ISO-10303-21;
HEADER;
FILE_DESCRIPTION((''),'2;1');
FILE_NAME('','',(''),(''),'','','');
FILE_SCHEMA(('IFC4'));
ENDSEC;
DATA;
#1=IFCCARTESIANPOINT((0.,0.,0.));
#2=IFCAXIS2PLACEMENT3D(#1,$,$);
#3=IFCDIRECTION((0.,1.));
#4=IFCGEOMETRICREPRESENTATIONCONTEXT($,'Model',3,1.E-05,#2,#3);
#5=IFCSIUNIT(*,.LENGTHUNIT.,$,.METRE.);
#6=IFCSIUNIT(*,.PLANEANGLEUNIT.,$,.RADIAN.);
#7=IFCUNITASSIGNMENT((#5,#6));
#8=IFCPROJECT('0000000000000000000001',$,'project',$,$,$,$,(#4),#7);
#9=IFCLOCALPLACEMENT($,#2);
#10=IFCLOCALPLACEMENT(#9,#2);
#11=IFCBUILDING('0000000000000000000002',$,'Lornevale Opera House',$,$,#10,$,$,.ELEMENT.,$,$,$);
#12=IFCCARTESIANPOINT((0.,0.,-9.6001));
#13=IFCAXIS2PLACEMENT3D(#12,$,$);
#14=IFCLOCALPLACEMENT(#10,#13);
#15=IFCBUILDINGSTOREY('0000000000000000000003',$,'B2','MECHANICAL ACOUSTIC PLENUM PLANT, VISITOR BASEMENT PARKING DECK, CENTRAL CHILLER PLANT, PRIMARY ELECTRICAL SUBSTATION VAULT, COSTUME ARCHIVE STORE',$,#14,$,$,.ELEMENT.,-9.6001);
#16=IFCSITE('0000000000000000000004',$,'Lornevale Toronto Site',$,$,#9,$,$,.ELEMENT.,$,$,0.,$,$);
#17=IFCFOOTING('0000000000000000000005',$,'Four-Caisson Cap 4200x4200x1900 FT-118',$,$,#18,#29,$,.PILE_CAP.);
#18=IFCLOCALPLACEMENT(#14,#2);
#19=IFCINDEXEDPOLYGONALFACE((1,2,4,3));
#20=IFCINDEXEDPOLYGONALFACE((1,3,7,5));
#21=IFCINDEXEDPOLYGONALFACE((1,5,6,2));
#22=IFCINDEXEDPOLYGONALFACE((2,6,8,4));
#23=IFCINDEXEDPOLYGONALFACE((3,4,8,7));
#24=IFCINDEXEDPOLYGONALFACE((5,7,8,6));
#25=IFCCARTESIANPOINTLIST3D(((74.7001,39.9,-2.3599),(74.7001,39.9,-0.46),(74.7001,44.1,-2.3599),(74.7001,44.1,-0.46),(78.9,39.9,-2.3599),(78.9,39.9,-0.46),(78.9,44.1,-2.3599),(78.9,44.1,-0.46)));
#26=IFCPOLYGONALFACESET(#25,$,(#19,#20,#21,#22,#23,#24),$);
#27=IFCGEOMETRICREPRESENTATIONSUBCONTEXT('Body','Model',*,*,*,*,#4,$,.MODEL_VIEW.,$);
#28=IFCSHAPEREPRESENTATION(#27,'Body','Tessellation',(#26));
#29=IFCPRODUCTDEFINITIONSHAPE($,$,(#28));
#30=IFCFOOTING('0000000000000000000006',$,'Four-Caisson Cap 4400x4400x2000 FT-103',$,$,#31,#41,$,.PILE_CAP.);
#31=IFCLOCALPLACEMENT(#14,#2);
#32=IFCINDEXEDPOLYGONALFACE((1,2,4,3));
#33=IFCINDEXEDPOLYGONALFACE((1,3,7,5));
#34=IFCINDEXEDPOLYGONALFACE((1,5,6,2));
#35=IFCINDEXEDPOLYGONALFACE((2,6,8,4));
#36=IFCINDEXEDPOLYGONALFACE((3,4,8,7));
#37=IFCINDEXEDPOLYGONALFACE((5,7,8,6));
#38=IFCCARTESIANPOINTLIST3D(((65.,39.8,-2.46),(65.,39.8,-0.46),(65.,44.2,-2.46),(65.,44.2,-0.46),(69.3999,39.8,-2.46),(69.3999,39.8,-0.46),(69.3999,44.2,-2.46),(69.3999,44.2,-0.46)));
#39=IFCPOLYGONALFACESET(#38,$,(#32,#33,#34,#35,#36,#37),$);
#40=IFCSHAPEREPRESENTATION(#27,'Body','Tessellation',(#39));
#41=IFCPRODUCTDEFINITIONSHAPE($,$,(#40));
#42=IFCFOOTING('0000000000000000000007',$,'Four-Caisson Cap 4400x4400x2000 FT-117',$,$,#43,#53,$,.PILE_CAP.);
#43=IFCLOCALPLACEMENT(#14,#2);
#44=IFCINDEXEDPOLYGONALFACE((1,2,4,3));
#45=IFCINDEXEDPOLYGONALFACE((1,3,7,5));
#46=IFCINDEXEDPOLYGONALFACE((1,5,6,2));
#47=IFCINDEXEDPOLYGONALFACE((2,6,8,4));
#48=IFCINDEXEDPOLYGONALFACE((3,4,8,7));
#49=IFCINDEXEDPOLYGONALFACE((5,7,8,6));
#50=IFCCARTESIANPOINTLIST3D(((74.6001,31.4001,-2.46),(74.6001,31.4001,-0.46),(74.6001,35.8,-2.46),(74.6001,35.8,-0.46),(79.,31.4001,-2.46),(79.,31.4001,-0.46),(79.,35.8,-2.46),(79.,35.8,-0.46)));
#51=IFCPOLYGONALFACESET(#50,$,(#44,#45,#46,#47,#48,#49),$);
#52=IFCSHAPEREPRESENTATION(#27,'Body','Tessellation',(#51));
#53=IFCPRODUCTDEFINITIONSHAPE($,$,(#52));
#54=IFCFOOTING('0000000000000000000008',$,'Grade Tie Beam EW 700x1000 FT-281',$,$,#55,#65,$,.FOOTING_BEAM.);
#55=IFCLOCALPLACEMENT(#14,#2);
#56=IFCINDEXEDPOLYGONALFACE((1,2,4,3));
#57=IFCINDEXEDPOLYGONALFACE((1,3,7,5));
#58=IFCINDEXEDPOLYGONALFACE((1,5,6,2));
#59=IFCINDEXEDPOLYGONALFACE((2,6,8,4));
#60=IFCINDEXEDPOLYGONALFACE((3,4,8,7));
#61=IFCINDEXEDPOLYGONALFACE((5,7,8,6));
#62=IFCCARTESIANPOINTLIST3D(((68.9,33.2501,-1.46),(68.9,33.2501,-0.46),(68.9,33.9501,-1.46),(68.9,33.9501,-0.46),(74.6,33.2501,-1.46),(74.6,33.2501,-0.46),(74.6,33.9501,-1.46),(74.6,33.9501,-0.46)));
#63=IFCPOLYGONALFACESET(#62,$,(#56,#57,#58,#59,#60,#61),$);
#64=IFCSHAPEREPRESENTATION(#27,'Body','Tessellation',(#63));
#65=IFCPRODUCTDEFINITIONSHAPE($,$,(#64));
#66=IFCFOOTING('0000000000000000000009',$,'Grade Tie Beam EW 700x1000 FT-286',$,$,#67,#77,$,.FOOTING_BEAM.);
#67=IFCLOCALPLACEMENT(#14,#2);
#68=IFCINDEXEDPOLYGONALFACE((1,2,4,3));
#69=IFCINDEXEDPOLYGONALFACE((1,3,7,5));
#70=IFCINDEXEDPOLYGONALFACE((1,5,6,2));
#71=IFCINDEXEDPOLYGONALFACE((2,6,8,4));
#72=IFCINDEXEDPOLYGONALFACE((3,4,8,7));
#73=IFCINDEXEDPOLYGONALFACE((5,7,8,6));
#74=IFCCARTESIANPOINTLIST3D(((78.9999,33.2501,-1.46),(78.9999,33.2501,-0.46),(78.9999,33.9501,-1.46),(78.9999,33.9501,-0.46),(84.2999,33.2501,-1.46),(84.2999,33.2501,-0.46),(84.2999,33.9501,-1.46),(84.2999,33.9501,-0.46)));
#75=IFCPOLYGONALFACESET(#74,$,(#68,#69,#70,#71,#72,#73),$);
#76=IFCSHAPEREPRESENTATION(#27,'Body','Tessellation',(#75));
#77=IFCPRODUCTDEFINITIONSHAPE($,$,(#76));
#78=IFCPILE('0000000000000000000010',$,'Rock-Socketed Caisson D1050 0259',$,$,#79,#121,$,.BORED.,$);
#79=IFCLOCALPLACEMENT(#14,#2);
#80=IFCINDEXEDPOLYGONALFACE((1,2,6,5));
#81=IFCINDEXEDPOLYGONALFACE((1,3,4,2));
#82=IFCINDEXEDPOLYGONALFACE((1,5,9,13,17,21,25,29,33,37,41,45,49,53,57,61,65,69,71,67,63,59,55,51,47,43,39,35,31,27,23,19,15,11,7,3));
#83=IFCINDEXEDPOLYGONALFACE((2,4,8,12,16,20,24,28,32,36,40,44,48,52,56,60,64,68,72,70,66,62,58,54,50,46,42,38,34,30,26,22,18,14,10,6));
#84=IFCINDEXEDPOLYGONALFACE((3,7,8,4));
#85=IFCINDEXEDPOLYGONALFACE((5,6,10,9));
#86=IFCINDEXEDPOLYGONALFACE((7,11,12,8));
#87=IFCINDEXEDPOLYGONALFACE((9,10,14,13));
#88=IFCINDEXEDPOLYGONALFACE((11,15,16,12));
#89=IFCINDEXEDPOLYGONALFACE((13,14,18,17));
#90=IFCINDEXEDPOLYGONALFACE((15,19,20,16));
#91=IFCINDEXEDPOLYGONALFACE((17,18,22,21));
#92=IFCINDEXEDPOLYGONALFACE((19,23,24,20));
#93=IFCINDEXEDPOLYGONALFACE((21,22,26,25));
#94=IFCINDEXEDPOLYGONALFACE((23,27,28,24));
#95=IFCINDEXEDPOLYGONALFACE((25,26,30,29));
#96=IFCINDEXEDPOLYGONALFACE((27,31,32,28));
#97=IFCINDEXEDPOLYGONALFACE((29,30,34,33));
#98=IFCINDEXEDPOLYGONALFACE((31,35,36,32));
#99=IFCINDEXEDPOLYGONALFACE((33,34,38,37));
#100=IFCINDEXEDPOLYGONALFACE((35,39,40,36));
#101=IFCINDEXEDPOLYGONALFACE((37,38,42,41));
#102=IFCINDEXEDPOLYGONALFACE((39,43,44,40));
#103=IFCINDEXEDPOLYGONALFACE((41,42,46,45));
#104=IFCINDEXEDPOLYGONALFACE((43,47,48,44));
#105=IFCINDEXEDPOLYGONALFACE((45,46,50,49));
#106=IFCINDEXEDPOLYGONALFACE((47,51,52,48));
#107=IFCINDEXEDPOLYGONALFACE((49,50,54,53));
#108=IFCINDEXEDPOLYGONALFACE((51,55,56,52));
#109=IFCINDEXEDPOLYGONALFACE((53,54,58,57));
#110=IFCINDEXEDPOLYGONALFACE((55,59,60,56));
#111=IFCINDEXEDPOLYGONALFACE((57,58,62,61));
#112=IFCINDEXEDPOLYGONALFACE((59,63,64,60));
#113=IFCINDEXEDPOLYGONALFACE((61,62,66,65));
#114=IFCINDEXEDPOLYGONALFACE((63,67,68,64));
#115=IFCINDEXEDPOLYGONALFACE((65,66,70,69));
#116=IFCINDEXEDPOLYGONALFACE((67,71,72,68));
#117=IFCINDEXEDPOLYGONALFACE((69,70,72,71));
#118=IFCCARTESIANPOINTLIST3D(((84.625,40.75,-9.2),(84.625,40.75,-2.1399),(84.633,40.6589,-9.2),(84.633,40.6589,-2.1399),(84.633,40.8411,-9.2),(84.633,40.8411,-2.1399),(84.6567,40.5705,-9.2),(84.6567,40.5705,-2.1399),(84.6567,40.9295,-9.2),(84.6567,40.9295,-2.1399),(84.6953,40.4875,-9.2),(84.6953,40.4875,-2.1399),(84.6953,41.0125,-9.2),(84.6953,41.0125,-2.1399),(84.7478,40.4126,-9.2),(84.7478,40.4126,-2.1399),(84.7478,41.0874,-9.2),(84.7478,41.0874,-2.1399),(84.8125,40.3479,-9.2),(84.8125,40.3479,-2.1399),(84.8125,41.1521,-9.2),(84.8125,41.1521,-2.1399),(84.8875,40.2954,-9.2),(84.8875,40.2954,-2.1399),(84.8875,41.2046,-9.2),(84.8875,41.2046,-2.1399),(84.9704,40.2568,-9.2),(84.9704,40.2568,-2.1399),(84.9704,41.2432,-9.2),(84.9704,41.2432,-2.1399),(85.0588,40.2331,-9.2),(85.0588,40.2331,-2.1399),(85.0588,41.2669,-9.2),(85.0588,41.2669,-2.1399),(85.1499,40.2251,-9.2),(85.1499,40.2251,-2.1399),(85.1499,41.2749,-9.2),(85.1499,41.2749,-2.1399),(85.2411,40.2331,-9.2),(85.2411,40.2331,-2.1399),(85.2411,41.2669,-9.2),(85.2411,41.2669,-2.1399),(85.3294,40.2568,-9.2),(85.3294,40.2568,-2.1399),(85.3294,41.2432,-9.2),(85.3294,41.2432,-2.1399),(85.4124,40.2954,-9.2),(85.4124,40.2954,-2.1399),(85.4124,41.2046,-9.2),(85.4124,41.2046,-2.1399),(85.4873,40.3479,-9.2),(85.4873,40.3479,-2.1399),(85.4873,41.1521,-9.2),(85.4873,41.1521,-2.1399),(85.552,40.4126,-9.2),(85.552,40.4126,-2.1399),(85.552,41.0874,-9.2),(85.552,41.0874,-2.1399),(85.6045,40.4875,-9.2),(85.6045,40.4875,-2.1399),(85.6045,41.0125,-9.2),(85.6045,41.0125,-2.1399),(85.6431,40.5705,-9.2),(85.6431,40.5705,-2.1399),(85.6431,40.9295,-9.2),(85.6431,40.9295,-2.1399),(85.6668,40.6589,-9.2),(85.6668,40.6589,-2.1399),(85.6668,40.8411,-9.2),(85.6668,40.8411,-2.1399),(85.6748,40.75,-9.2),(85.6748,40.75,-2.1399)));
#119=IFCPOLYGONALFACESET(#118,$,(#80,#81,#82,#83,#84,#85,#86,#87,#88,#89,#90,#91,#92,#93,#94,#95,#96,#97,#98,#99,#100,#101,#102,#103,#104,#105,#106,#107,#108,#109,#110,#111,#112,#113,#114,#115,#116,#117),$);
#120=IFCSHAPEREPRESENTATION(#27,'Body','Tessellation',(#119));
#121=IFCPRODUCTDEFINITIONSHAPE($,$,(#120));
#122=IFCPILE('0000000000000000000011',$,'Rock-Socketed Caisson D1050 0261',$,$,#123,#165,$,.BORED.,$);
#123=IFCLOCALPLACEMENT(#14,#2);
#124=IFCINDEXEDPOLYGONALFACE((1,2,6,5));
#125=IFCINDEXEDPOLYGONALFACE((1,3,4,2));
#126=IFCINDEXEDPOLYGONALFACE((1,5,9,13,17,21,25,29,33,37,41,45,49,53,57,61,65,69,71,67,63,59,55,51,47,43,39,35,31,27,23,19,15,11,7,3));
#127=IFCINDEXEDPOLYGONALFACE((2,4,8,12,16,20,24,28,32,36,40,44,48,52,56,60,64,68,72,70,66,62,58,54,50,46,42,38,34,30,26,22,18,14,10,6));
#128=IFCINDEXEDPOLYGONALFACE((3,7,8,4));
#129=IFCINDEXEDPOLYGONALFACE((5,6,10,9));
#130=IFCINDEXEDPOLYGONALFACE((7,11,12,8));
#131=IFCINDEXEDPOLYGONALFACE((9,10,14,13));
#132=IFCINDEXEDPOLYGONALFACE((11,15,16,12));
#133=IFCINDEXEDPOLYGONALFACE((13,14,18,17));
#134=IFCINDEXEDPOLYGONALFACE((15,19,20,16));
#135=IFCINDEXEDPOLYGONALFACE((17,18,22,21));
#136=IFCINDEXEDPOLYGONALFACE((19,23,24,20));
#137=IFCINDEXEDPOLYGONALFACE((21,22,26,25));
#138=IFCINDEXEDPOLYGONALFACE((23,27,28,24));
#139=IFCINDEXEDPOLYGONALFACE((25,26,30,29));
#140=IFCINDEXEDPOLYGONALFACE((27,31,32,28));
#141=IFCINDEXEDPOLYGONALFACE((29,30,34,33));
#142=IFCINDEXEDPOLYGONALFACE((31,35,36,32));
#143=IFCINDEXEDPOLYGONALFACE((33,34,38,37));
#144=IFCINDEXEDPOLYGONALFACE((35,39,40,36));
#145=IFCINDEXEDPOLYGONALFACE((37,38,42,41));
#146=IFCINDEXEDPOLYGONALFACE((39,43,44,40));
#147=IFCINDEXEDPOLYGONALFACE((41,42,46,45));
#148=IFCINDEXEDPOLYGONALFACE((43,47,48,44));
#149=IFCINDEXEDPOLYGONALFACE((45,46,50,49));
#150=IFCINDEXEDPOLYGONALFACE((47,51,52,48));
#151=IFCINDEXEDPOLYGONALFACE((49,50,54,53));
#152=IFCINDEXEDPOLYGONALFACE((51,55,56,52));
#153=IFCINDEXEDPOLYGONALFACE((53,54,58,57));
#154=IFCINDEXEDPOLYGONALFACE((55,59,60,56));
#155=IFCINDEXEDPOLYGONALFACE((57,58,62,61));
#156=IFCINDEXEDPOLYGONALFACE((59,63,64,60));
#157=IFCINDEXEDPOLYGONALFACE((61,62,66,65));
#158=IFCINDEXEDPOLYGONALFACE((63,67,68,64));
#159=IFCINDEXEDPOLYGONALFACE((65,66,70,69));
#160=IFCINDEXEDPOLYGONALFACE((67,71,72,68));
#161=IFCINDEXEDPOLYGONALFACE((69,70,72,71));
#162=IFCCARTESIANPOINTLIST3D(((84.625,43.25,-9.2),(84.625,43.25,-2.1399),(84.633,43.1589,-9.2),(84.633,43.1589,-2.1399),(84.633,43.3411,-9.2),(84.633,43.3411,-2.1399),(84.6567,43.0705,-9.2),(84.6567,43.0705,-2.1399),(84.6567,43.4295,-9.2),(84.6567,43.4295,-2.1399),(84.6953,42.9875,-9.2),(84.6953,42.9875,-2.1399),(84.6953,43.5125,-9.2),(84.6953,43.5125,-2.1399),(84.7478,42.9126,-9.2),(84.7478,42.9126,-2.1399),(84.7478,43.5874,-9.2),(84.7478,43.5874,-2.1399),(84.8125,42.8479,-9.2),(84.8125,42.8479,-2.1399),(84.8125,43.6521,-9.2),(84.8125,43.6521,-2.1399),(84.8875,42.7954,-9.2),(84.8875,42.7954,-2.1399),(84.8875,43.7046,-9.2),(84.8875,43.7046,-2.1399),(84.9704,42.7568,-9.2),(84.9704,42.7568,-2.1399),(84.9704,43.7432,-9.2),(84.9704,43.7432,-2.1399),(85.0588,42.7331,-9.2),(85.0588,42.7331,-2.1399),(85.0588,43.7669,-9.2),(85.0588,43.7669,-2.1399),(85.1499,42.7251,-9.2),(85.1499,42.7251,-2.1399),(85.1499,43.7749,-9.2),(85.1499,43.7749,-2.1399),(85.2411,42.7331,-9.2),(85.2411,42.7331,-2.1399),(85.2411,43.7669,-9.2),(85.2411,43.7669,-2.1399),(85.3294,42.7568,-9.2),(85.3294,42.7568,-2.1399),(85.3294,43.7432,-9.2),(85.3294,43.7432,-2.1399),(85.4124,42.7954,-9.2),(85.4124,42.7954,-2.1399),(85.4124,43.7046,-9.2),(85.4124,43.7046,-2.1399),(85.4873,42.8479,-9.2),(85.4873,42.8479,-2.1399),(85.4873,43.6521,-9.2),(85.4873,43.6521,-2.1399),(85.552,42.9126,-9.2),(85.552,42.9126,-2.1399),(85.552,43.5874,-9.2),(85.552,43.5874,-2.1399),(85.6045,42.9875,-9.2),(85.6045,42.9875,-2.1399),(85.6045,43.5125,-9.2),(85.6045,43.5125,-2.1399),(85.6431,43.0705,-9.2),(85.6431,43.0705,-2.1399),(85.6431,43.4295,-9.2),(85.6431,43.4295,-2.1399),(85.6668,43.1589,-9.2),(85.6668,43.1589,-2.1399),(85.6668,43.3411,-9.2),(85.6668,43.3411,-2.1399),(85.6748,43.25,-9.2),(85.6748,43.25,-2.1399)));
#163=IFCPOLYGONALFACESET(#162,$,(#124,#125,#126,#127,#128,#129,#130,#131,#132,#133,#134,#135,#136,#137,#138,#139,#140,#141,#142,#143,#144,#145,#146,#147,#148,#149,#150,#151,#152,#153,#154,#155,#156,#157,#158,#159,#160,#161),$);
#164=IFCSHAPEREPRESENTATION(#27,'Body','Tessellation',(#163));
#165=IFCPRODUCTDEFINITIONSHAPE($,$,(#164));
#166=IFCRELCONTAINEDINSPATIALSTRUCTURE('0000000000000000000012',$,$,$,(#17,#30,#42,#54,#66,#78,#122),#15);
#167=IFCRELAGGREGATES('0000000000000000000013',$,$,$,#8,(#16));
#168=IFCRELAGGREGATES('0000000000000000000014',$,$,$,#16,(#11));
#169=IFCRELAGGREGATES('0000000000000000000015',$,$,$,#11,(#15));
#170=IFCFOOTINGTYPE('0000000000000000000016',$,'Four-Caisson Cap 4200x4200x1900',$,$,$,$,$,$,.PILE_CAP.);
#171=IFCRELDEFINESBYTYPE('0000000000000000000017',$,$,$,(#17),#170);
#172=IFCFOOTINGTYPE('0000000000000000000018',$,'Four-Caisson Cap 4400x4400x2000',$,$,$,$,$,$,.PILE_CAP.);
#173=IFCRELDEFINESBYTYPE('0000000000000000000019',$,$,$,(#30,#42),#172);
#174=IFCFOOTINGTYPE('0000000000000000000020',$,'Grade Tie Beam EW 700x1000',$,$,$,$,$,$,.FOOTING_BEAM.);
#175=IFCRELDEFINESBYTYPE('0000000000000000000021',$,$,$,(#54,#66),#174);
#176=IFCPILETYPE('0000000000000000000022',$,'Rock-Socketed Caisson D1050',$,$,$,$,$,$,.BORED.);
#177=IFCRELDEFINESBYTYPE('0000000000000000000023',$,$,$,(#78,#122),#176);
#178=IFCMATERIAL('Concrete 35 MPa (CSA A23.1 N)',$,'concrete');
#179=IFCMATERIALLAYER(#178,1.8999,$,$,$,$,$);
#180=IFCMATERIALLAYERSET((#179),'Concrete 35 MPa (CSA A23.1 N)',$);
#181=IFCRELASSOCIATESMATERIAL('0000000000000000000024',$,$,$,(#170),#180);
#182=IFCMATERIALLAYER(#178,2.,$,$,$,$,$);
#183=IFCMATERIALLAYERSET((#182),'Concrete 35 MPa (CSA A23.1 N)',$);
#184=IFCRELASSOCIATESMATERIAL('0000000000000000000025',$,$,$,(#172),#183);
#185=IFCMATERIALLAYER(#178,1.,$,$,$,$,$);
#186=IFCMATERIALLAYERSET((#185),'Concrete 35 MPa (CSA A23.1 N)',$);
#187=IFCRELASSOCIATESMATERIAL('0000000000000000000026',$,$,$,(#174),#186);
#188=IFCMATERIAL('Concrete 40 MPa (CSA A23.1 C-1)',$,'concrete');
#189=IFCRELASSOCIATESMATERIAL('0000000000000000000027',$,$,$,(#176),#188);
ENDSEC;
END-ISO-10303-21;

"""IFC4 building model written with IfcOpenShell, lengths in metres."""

from ifc_helpers import new_model, si_unit, direction, frame, origin, origin_2d, place, context, subcontext, project, spatial, rectangle, circle, extrude, material, layer, layer_set, material_profile, profile_set, type_object, element, save


model = new_model("IFC4")

# Units and contexts
model_context = context("Model", 3, precision=1e-05, world=origin(), true_north=direction((0.0, 1.0)))
body_context = subcontext(model_context, "Body", "Model", "MODEL_VIEW")
ifc_project = project(units=[si_unit("LENGTHUNIT", "METRE"), si_unit("PLANEANGLEUNIT", "RADIAN")], contexts=[model_context])

# Site, building, storey
site_placement = place(None, origin())
site = spatial("IfcSite", under=ifc_project, at=site_placement, Name="Lornevale Toronto Site", CompositionType="ELEMENT", RefElevation=0.0)
building_placement = place(site_placement, origin())
building = spatial("IfcBuilding", under=site, at=building_placement, Name="Lornevale Opera House", CompositionType="ELEMENT")
storey_placement = place(building_placement, frame((0.0, 0.0, -9.6001)))
storey = spatial("IfcBuildingStorey", under=building, at=storey_placement, Name="B2", Description="MECHANICAL ACOUSTIC PLENUM PLANT, VISITOR BASEMENT PARKING DECK, CENTRAL CHILLER PLANT, PRIMARY ELECTRICAL SUBSTATION VAULT, COSTUME ARCHIVE STORE", CompositionType="ELEMENT", Elevation=-9.6001)

# Footings
ifc_material_1 = material(Name="Concrete 35 MPa (CSA A23.1 N)", Category="concrete")
ifc_layer_1 = layer(ifc_material_1, 1.8999)
ifc_layer_set_1 = layer_set([ifc_layer_1], Name="Concrete 35 MPa (CSA A23.1 N)")
footing_type_1 = type_object("IfcFootingType", Name="Four-Caisson Cap 4200x4200x1900", PredefinedType="PILE_CAP", material=ifc_layer_set_1)
footing_1_placement = place(storey_placement, frame((76.8, 42.0, -2.3599), z_axis=(0.0, 0.0, 1.0), x_axis=(1.0, 0.0, 0.0)))
element("IfcFooting", 1, at=footing_1_placement, inside=storey, type_object=footing_type_1, Name="Four-Caisson Cap 4200x4200x1900 FT-118", PredefinedType="PILE_CAP", context=body_context, shape_type="SweptSolid", body=[
    extrude(rectangle(XDim=4.2, YDim=4.2, at=origin_2d()), origin(), (0.0, 0.0, 1.0), 1.8999),
])
ifc_layer_2 = layer(ifc_material_1, 2.0)
ifc_layer_set_2 = layer_set([ifc_layer_2], Name="Concrete 35 MPa (CSA A23.1 N)")
footing_type_2 = type_object("IfcFootingType", Name="Four-Caisson Cap 4400x4400x2000", PredefinedType="PILE_CAP", material=ifc_layer_set_2)
for number, where, z_axis, x_axis, name in (
    (2, (67.2, 42.0, -2.46), (0.0, 0.0, 1.0), (1.0, 0.0, 0.0), "Four-Caisson Cap 4400x4400x2000 FT-103"),
    (3, (76.8, 33.6001, -2.46), (0.0, 0.0, 1.0), (1.0, 0.0, 0.0), "Four-Caisson Cap 4400x4400x2000 FT-117"),
):
    element("IfcFooting", number, at=place(storey_placement, frame(where, z_axis=z_axis, x_axis=x_axis)), inside=storey, type_object=footing_type_2, Name=name, PredefinedType="PILE_CAP", context=body_context, shape_type="SweptSolid", body=[
        extrude(rectangle(XDim=4.3999, YDim=4.3999, at=origin_2d()), origin(), (0.0, 0.0, 1.0), 2.0),
    ])
ifc_layer_3 = layer(ifc_material_1, 1.0)
ifc_layer_set_3 = layer_set([ifc_layer_3], Name="Concrete 35 MPa (CSA A23.1 N)")
footing_type_3 = type_object("IfcFootingType", Name="Grade Tie Beam EW 700x1000", PredefinedType="FOOTING_BEAM", material=ifc_layer_set_3)
footing_2_placement = place(storey_placement, frame((71.75, 33.6001, -1.46), z_axis=(0.0, 0.0, 1.0), x_axis=(1.0, 0.0, 0.0)))
element("IfcFooting", 4, at=footing_2_placement, inside=storey, type_object=footing_type_3, Name="Grade Tie Beam EW 700x1000 FT-281", PredefinedType="FOOTING_BEAM", context=body_context, shape_type="SweptSolid", body=[
    extrude(rectangle(XDim=5.7, YDim=0.7, at=origin_2d()), origin(), (0.0, 0.0, 1.0), 1.0),
])
footing_3_placement = place(storey_placement, frame((81.6499, 33.6001, -1.46), z_axis=(0.0, 0.0, 1.0), x_axis=(1.0, 0.0, 0.0)))
element("IfcFooting", 5, at=footing_3_placement, inside=storey, type_object=footing_type_3, Name="Grade Tie Beam EW 700x1000 FT-286", PredefinedType="FOOTING_BEAM", context=body_context, shape_type="SweptSolid", body=[
    extrude(rectangle(XDim=5.3, YDim=0.7, at=origin_2d()), origin(), (0.0, 0.0, 1.0), 1.0),
])

# Piles
ifc_material_2 = material(Name="Concrete 40 MPa (CSA A23.1 C-1)", Category="concrete")
ifc_material_profile_1 = material_profile(ifc_material_2, circle(Radius=0.5249, at=origin_2d()), Name="CAIS1050")
ifc_profile_set_1 = profile_set([ifc_material_profile_1], Name="Concrete 40 MPa (CSA A23.1 C-1)")
pile_type_1 = type_object("IfcPileType", Name="Rock-Socketed Caisson D1050", PredefinedType="BORED", material=ifc_profile_set_1)
for number, where, z_axis, x_axis, name in (
    (6, (85.1499, 40.75, -2.1399), (0.0, 0.0, -1.0), (1.0, 0.0, 0.0), "Rock-Socketed Caisson D1050 0259"),
    (7, (85.1499, 43.25, -2.1399), (0.0, 0.0, -1.0), (1.0, 0.0, 0.0), "Rock-Socketed Caisson D1050 0261"),
):
    element("IfcPile", number, at=place(storey_placement, frame(where, z_axis=z_axis, x_axis=x_axis)), inside=storey, type_object=pile_type_1, Name=name, PredefinedType="BORED", context=body_context, shape_type="SweptSolid", body=[
        extrude(circle(Radius=0.5249, at=origin_2d()), origin(), (0.0, 0.0, 1.0), 7.0601),
    ])

save(model, "model.ifc")
